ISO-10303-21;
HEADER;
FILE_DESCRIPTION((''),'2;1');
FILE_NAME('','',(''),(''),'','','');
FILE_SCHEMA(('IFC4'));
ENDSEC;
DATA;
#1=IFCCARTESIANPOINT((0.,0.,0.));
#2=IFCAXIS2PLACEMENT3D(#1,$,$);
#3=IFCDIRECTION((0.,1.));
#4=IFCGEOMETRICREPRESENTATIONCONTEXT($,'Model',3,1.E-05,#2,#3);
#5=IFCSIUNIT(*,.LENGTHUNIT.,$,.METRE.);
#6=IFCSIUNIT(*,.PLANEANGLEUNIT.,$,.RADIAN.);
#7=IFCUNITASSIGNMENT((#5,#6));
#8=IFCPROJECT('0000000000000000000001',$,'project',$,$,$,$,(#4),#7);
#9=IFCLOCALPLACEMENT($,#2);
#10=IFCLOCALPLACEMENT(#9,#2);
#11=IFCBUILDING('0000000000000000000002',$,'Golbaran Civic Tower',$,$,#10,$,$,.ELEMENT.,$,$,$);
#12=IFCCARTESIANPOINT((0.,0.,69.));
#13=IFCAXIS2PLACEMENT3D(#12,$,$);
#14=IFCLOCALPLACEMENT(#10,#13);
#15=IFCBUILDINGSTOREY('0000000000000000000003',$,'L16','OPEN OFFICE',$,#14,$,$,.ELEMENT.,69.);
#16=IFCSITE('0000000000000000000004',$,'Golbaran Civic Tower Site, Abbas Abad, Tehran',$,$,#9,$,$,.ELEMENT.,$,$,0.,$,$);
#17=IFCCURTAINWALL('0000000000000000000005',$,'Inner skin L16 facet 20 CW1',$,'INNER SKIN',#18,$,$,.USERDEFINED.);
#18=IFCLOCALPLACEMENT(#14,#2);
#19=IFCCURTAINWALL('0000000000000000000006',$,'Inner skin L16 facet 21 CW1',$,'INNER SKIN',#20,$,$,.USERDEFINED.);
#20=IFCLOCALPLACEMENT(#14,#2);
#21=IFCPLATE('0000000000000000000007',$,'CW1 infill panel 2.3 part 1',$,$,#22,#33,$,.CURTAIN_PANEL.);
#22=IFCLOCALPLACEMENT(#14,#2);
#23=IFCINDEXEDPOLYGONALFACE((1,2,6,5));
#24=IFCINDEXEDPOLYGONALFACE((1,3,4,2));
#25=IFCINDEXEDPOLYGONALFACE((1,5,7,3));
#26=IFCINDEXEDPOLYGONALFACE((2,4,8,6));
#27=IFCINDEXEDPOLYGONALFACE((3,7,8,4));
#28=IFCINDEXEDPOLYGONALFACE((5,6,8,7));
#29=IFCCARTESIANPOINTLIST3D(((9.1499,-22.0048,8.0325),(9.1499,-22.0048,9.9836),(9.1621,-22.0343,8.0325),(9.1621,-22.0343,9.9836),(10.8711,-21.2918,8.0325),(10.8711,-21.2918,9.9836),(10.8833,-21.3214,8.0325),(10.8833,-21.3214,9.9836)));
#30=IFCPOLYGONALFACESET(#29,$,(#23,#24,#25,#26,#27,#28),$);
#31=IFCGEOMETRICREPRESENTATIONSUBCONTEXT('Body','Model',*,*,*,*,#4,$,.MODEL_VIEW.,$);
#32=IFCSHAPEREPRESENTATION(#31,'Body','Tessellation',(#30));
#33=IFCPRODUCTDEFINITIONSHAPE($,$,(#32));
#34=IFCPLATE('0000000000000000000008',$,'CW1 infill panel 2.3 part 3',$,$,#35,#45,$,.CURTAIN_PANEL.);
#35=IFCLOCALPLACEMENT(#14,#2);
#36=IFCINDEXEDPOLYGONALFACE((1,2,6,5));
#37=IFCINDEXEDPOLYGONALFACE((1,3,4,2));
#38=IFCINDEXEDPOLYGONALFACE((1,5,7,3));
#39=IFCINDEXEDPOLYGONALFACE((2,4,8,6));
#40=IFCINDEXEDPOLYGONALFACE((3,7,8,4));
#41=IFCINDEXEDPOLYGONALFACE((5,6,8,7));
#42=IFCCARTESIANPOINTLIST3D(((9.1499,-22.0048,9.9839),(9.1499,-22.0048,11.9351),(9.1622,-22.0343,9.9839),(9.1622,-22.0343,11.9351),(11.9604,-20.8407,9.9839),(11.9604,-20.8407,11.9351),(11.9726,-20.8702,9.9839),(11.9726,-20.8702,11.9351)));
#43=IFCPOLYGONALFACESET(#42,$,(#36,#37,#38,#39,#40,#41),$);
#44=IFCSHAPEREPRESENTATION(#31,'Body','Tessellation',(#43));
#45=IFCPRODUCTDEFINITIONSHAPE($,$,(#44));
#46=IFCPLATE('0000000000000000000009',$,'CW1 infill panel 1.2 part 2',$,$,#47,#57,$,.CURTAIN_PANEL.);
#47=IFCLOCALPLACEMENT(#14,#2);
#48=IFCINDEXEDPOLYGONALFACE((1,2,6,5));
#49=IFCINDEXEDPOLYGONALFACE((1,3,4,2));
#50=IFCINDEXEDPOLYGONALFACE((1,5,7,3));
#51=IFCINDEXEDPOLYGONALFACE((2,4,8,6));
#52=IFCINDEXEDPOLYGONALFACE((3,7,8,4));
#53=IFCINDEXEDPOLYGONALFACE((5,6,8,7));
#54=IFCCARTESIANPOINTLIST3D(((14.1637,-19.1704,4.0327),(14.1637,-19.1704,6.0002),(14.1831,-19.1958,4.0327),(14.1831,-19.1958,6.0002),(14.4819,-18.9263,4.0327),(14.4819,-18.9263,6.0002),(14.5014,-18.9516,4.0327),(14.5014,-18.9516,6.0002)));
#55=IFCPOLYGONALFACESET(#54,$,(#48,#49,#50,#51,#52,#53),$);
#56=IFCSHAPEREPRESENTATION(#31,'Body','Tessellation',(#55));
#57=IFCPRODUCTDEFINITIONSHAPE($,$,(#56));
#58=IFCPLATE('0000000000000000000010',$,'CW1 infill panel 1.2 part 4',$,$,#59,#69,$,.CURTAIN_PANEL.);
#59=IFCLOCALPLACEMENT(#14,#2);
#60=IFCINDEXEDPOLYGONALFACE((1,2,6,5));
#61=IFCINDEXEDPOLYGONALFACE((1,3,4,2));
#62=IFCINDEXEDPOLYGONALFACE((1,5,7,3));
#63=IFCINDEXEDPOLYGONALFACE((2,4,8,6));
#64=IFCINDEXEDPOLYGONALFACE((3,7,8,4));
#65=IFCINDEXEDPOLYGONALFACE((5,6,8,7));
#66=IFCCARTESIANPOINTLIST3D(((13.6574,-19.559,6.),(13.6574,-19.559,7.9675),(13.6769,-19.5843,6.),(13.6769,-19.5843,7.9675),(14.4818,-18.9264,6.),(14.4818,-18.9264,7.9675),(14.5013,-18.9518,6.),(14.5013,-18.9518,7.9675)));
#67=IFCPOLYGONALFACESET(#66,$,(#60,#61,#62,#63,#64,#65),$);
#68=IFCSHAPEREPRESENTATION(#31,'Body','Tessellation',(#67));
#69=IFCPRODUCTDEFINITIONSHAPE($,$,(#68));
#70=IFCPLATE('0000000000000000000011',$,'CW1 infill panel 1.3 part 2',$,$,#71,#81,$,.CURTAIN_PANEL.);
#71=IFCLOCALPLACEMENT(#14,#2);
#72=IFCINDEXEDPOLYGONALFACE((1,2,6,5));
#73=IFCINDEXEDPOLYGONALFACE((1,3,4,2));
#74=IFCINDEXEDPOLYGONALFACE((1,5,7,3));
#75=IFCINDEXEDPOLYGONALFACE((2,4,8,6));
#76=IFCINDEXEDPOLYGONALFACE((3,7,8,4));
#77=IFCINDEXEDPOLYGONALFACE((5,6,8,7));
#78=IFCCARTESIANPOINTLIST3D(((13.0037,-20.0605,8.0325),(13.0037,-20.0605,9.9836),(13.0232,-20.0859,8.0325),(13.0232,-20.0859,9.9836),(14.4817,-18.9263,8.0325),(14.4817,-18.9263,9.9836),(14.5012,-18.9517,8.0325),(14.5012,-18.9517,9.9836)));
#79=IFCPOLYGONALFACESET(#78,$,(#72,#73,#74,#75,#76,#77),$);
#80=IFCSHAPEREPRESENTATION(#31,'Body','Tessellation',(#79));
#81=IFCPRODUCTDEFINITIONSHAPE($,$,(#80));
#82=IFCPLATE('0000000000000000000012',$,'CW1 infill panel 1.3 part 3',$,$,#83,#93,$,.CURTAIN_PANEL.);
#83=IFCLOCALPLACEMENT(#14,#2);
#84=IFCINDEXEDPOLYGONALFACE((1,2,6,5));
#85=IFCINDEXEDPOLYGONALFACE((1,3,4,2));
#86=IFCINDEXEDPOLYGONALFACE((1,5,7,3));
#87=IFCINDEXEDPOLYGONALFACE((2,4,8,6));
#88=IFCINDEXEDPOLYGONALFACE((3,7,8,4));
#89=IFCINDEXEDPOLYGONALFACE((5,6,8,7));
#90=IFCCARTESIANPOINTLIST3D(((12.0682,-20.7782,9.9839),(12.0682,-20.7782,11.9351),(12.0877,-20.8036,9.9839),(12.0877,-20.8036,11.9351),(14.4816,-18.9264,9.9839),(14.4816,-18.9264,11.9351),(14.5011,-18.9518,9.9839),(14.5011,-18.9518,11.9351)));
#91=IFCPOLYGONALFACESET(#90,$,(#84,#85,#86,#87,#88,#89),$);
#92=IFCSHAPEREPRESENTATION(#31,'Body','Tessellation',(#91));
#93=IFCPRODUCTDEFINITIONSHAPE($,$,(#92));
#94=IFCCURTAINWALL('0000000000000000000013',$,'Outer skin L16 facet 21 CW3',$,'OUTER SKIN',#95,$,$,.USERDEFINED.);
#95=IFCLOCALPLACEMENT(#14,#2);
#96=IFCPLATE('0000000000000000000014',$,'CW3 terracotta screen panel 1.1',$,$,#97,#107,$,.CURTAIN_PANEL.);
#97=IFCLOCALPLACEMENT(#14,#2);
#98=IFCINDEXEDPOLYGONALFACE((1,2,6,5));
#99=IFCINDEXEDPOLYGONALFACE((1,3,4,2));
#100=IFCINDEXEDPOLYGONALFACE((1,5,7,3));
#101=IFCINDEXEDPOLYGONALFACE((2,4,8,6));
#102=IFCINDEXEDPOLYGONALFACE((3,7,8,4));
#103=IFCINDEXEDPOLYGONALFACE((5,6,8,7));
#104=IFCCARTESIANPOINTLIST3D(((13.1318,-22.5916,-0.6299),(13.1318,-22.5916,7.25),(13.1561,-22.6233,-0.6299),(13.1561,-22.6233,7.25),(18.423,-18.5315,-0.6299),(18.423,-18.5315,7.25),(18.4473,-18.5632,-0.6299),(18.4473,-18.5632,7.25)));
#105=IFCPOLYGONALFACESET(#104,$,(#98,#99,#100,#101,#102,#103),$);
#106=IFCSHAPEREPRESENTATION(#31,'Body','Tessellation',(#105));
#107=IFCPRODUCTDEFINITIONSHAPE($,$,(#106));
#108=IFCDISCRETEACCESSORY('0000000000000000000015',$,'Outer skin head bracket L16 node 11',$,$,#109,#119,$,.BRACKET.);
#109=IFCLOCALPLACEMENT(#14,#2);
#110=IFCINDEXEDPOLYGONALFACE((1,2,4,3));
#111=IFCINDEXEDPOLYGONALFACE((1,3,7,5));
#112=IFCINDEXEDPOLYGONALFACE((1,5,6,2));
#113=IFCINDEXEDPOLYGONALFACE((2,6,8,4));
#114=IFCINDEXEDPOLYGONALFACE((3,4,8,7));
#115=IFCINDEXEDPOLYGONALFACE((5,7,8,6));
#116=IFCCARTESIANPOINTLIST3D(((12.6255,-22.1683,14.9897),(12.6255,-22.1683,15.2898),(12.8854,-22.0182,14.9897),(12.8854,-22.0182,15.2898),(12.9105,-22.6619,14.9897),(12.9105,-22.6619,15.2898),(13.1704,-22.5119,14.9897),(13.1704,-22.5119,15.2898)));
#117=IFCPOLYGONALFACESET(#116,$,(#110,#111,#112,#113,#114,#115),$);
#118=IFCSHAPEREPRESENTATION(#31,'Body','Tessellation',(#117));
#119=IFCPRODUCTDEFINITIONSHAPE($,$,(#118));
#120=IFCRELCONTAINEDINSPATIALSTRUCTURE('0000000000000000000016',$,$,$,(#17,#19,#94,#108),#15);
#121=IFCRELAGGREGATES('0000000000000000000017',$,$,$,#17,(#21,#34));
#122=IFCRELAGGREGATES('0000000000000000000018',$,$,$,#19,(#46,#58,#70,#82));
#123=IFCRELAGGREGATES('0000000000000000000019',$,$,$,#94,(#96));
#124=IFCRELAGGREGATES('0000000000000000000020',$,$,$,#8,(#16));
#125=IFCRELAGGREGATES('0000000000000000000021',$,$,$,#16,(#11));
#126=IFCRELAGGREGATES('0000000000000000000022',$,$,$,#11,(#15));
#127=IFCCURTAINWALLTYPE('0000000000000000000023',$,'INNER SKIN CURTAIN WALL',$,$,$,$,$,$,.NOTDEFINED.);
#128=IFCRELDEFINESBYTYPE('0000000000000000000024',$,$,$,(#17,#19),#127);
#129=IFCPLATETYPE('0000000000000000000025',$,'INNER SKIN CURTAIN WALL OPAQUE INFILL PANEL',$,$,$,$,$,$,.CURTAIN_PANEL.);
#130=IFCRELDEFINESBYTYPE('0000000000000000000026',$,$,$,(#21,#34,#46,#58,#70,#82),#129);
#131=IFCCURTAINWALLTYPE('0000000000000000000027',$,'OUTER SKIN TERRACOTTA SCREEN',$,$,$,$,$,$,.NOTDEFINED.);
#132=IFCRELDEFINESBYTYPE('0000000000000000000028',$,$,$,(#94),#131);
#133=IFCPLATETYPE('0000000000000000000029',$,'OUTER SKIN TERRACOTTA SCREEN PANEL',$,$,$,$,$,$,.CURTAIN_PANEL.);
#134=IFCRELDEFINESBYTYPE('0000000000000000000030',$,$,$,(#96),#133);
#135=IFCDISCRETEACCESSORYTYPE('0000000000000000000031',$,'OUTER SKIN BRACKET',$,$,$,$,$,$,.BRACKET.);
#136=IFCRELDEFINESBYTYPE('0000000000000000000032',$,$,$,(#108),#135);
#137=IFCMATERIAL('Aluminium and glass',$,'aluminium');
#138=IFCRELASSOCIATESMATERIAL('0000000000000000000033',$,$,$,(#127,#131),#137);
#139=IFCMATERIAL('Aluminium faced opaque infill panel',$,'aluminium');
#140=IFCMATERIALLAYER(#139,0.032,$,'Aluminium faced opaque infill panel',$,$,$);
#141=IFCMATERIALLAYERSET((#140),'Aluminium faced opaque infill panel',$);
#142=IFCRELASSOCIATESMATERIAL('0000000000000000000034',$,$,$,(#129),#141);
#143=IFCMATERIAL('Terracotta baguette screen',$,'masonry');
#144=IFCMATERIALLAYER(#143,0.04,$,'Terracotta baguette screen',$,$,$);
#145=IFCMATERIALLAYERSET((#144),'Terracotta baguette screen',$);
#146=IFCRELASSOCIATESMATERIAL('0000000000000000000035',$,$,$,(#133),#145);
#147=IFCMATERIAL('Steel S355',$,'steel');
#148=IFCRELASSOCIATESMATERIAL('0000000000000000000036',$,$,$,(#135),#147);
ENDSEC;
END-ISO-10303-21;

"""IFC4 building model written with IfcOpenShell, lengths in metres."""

from ifc_helpers import new_model, si_unit, direction, frame, origin, origin_2d, place, context, subcontext, project, spatial, rectangle, extrude, material, layer, layer_set, type_object, element, aggregate, save


model = new_model("IFC4")

# Units and contexts
model_context = context("Model", 3, precision=1e-05, world=origin(), true_north=direction((0.0, 1.0)))
body_context = subcontext(model_context, "Body", "Model", "MODEL_VIEW")
ifc_project = project(units=[si_unit("LENGTHUNIT", "METRE"), si_unit("PLANEANGLEUNIT", "RADIAN")], contexts=[model_context])

# Site, building, storey
site_placement = place(None, origin())
site = spatial("IfcSite", under=ifc_project, at=site_placement, Name="Golbaran Civic Tower Site, Abbas Abad, Tehran", CompositionType="ELEMENT", RefElevation=0.0)
building_placement = place(site_placement, origin())
building = spatial("IfcBuilding", under=site, at=building_placement, Name="Golbaran Civic Tower", CompositionType="ELEMENT")
storey_placement = place(building_placement, frame((0.0, 0.0, 69.0)))
storey = spatial("IfcBuildingStorey", under=building, at=storey_placement, Name="L16", Description="OPEN OFFICE", CompositionType="ELEMENT", Elevation=69.0)

# Curtain walls
ifc_material_1 = material(Name="Aluminium and glass", Category="aluminium")
curtain_wall_type_1 = type_object("IfcCurtainWallType", Name="INNER SKIN CURTAIN WALL", PredefinedType="NOTDEFINED", material=ifc_material_1)
curtain_wall_1_placement = place(storey_placement, origin())
curtain_wall_1 = element("IfcCurtainWall", 1, at=curtain_wall_1_placement, inside=storey, type_object=curtain_wall_type_1, Name="Inner skin L16 facet 20 CW1", ObjectType="INNER SKIN", PredefinedType="USERDEFINED")
curtain_wall_2_placement = place(storey_placement, origin())
curtain_wall_2 = element("IfcCurtainWall", 2, at=curtain_wall_2_placement, inside=storey, type_object=curtain_wall_type_1, Name="Inner skin L16 facet 21 CW1", ObjectType="INNER SKIN", PredefinedType="USERDEFINED")

# Plates
ifc_material_2 = material(Name="Aluminium faced opaque infill panel", Category="aluminium")
ifc_layer_1 = layer(ifc_material_2, 0.032, Name="Aluminium faced opaque infill panel")
ifc_layer_set_1 = layer_set([ifc_layer_1], Name="Aluminium faced opaque infill panel")
plate_type_1 = type_object("IfcPlateType", Name="INNER SKIN CURTAIN WALL OPAQUE INFILL PANEL", PredefinedType="CURTAIN_PANEL", material=ifc_layer_set_1)
plate_1_placement = place(storey_placement, frame((10.0166, -21.6631, 8.0325), z_axis=(0.0, 0.0, 1.0), x_axis=(0.92388, 0.382683, 0.0)))
plate_1 = element("IfcPlate", 3, at=plate_1_placement, type_object=plate_type_1, Name="CW1 infill panel 2.3 part 1", PredefinedType="CURTAIN_PANEL", context=body_context, shape_type="SweptSolid", body=[
    extrude(rectangle(XDim=1.863, YDim=0.032, at=origin_2d()), origin(), (0.0, 0.0, 1.0), 1.9512),
])
plate_2_placement = place(storey_placement, frame((10.5613, -21.4375, 9.9839), z_axis=(0.0, 0.0, 1.0), x_axis=(0.92388, 0.382683, 0.0)))
plate_2 = element("IfcPlate", 4, at=plate_2_placement, type_object=plate_type_1, Name="CW1 infill panel 2.3 part 3", PredefinedType="CURTAIN_PANEL", context=body_context, shape_type="SweptSolid", body=[
    extrude(rectangle(XDim=3.042, YDim=0.032, at=origin_2d()), origin(), (0.0, 0.0, 1.0), 1.9512),
])
aggregate(curtain_wall_1, [plate_1, plate_2])
plate_3_placement = place(storey_placement, frame((14.3325, -19.061, 4.0327), z_axis=(0.0, 0.0, 1.0), x_axis=(0.793353, 0.608761, 0.0)))
plate_3 = element("IfcPlate", 5, at=plate_3_placement, type_object=plate_type_1, Name="CW1 infill panel 1.2 part 2", PredefinedType="CURTAIN_PANEL", context=body_context, shape_type="SweptSolid", body=[
    extrude(rectangle(XDim=0.4011, YDim=0.032, at=origin_2d()), origin(), (0.0, 0.0, 1.0), 1.9675),
])
plate_4_placement = place(storey_placement, frame((14.0793, -19.2554, 6.0), z_axis=(0.0, 0.0, 1.0), x_axis=(0.793353, 0.608761, 0.0)))
plate_4 = element("IfcPlate", 6, at=plate_4_placement, type_object=plate_type_1, Name="CW1 infill panel 1.2 part 4", PredefinedType="CURTAIN_PANEL", context=body_context, shape_type="SweptSolid", body=[
    extrude(rectangle(XDim=1.0391, YDim=0.032, at=origin_2d()), origin(), (0.0, 0.0, 1.0), 1.9675),
])
plate_5_placement = place(storey_placement, frame((13.7524, -19.5061, 8.0325), z_axis=(0.0, 0.0, 1.0), x_axis=(0.793353, 0.608761, 0.0)))
plate_5 = element("IfcPlate", 7, at=plate_5_placement, type_object=plate_type_1, Name="CW1 infill panel 1.3 part 2", PredefinedType="CURTAIN_PANEL", context=body_context, shape_type="SweptSolid", body=[
    extrude(rectangle(XDim=1.863, YDim=0.032, at=origin_2d()), origin(), (0.0, 0.0, 1.0), 1.9512),
])
plate_6_placement = place(storey_placement, frame((13.2847, -19.865, 9.9839), z_axis=(0.0, 0.0, 1.0), x_axis=(0.793353, 0.608761, 0.0)))
plate_6 = element("IfcPlate", 8, at=plate_6_placement, type_object=plate_type_1, Name="CW1 infill panel 1.3 part 3", PredefinedType="CURTAIN_PANEL", context=body_context, shape_type="SweptSolid", body=[
    extrude(rectangle(XDim=3.042, YDim=0.032, at=origin_2d()), origin(), (0.0, 0.0, 1.0), 1.9512),
])
aggregate(curtain_wall_2, [plate_3, plate_4, plate_5, plate_6])

# Curtain wall, plate
curtain_wall_type_2 = type_object("IfcCurtainWallType", Name="OUTER SKIN TERRACOTTA SCREEN", PredefinedType="NOTDEFINED", material=ifc_material_1)
curtain_wall_3_placement = place(storey_placement, origin())
curtain_wall_3 = element("IfcCurtainWall", 9, at=curtain_wall_3_placement, inside=storey, type_object=curtain_wall_type_2, Name="Outer skin L16 facet 21 CW3", ObjectType="OUTER SKIN", PredefinedType="USERDEFINED")
ifc_material_3 = material(Name="Terracotta baguette screen", Category="masonry")
ifc_layer_2 = layer(ifc_material_3, 0.04, Name="Terracotta baguette screen")
ifc_layer_set_2 = layer_set([ifc_layer_2], Name="Terracotta baguette screen")
plate_type_2 = type_object("IfcPlateType", Name="OUTER SKIN TERRACOTTA SCREEN PANEL", PredefinedType="CURTAIN_PANEL", material=ifc_layer_set_2)
plate_7_placement = place(storey_placement, frame((15.7896, -20.5774, -0.6299), z_axis=(0.0, 0.0, 1.0), x_axis=(0.793353, 0.608761, 0.0)))
plate_7 = element("IfcPlate", 10, at=plate_7_placement, type_object=plate_type_2, Name="CW3 terracotta screen panel 1.1", PredefinedType="CURTAIN_PANEL", context=body_context, shape_type="SweptSolid", body=[
    extrude(rectangle(XDim=6.6694, YDim=0.04, at=origin_2d()), origin(), (0.0, 0.0, 1.0), 7.8799),
])
aggregate(curtain_wall_3, [plate_7])

# Discrete accessory
ifc_material_4 = material(Name="Steel S355", Category="steel")
discrete_accessory_type = type_object("IfcDiscreteAccessoryType", Name="OUTER SKIN BRACKET", PredefinedType="BRACKET", material=ifc_material_4)
discrete_accessory_placement = place(storey_placement, frame((12.8979, -22.3401, 14.9897), z_axis=(0.0, 0.0, 1.0), x_axis=(0.5, -0.866025, 0.0)))
element("IfcDiscreteAccessory", 11, at=discrete_accessory_placement, inside=storey, type_object=discrete_accessory_type, Name="Outer skin head bracket L16 node 11", PredefinedType="BRACKET", context=body_context, shape_type="SweptSolid", body=[
    extrude(rectangle(XDim=0.5701, YDim=0.3, at=origin_2d()), origin(), (0.0, 0.0, 1.0), 0.3),
])

save(model, "model.ifc")
